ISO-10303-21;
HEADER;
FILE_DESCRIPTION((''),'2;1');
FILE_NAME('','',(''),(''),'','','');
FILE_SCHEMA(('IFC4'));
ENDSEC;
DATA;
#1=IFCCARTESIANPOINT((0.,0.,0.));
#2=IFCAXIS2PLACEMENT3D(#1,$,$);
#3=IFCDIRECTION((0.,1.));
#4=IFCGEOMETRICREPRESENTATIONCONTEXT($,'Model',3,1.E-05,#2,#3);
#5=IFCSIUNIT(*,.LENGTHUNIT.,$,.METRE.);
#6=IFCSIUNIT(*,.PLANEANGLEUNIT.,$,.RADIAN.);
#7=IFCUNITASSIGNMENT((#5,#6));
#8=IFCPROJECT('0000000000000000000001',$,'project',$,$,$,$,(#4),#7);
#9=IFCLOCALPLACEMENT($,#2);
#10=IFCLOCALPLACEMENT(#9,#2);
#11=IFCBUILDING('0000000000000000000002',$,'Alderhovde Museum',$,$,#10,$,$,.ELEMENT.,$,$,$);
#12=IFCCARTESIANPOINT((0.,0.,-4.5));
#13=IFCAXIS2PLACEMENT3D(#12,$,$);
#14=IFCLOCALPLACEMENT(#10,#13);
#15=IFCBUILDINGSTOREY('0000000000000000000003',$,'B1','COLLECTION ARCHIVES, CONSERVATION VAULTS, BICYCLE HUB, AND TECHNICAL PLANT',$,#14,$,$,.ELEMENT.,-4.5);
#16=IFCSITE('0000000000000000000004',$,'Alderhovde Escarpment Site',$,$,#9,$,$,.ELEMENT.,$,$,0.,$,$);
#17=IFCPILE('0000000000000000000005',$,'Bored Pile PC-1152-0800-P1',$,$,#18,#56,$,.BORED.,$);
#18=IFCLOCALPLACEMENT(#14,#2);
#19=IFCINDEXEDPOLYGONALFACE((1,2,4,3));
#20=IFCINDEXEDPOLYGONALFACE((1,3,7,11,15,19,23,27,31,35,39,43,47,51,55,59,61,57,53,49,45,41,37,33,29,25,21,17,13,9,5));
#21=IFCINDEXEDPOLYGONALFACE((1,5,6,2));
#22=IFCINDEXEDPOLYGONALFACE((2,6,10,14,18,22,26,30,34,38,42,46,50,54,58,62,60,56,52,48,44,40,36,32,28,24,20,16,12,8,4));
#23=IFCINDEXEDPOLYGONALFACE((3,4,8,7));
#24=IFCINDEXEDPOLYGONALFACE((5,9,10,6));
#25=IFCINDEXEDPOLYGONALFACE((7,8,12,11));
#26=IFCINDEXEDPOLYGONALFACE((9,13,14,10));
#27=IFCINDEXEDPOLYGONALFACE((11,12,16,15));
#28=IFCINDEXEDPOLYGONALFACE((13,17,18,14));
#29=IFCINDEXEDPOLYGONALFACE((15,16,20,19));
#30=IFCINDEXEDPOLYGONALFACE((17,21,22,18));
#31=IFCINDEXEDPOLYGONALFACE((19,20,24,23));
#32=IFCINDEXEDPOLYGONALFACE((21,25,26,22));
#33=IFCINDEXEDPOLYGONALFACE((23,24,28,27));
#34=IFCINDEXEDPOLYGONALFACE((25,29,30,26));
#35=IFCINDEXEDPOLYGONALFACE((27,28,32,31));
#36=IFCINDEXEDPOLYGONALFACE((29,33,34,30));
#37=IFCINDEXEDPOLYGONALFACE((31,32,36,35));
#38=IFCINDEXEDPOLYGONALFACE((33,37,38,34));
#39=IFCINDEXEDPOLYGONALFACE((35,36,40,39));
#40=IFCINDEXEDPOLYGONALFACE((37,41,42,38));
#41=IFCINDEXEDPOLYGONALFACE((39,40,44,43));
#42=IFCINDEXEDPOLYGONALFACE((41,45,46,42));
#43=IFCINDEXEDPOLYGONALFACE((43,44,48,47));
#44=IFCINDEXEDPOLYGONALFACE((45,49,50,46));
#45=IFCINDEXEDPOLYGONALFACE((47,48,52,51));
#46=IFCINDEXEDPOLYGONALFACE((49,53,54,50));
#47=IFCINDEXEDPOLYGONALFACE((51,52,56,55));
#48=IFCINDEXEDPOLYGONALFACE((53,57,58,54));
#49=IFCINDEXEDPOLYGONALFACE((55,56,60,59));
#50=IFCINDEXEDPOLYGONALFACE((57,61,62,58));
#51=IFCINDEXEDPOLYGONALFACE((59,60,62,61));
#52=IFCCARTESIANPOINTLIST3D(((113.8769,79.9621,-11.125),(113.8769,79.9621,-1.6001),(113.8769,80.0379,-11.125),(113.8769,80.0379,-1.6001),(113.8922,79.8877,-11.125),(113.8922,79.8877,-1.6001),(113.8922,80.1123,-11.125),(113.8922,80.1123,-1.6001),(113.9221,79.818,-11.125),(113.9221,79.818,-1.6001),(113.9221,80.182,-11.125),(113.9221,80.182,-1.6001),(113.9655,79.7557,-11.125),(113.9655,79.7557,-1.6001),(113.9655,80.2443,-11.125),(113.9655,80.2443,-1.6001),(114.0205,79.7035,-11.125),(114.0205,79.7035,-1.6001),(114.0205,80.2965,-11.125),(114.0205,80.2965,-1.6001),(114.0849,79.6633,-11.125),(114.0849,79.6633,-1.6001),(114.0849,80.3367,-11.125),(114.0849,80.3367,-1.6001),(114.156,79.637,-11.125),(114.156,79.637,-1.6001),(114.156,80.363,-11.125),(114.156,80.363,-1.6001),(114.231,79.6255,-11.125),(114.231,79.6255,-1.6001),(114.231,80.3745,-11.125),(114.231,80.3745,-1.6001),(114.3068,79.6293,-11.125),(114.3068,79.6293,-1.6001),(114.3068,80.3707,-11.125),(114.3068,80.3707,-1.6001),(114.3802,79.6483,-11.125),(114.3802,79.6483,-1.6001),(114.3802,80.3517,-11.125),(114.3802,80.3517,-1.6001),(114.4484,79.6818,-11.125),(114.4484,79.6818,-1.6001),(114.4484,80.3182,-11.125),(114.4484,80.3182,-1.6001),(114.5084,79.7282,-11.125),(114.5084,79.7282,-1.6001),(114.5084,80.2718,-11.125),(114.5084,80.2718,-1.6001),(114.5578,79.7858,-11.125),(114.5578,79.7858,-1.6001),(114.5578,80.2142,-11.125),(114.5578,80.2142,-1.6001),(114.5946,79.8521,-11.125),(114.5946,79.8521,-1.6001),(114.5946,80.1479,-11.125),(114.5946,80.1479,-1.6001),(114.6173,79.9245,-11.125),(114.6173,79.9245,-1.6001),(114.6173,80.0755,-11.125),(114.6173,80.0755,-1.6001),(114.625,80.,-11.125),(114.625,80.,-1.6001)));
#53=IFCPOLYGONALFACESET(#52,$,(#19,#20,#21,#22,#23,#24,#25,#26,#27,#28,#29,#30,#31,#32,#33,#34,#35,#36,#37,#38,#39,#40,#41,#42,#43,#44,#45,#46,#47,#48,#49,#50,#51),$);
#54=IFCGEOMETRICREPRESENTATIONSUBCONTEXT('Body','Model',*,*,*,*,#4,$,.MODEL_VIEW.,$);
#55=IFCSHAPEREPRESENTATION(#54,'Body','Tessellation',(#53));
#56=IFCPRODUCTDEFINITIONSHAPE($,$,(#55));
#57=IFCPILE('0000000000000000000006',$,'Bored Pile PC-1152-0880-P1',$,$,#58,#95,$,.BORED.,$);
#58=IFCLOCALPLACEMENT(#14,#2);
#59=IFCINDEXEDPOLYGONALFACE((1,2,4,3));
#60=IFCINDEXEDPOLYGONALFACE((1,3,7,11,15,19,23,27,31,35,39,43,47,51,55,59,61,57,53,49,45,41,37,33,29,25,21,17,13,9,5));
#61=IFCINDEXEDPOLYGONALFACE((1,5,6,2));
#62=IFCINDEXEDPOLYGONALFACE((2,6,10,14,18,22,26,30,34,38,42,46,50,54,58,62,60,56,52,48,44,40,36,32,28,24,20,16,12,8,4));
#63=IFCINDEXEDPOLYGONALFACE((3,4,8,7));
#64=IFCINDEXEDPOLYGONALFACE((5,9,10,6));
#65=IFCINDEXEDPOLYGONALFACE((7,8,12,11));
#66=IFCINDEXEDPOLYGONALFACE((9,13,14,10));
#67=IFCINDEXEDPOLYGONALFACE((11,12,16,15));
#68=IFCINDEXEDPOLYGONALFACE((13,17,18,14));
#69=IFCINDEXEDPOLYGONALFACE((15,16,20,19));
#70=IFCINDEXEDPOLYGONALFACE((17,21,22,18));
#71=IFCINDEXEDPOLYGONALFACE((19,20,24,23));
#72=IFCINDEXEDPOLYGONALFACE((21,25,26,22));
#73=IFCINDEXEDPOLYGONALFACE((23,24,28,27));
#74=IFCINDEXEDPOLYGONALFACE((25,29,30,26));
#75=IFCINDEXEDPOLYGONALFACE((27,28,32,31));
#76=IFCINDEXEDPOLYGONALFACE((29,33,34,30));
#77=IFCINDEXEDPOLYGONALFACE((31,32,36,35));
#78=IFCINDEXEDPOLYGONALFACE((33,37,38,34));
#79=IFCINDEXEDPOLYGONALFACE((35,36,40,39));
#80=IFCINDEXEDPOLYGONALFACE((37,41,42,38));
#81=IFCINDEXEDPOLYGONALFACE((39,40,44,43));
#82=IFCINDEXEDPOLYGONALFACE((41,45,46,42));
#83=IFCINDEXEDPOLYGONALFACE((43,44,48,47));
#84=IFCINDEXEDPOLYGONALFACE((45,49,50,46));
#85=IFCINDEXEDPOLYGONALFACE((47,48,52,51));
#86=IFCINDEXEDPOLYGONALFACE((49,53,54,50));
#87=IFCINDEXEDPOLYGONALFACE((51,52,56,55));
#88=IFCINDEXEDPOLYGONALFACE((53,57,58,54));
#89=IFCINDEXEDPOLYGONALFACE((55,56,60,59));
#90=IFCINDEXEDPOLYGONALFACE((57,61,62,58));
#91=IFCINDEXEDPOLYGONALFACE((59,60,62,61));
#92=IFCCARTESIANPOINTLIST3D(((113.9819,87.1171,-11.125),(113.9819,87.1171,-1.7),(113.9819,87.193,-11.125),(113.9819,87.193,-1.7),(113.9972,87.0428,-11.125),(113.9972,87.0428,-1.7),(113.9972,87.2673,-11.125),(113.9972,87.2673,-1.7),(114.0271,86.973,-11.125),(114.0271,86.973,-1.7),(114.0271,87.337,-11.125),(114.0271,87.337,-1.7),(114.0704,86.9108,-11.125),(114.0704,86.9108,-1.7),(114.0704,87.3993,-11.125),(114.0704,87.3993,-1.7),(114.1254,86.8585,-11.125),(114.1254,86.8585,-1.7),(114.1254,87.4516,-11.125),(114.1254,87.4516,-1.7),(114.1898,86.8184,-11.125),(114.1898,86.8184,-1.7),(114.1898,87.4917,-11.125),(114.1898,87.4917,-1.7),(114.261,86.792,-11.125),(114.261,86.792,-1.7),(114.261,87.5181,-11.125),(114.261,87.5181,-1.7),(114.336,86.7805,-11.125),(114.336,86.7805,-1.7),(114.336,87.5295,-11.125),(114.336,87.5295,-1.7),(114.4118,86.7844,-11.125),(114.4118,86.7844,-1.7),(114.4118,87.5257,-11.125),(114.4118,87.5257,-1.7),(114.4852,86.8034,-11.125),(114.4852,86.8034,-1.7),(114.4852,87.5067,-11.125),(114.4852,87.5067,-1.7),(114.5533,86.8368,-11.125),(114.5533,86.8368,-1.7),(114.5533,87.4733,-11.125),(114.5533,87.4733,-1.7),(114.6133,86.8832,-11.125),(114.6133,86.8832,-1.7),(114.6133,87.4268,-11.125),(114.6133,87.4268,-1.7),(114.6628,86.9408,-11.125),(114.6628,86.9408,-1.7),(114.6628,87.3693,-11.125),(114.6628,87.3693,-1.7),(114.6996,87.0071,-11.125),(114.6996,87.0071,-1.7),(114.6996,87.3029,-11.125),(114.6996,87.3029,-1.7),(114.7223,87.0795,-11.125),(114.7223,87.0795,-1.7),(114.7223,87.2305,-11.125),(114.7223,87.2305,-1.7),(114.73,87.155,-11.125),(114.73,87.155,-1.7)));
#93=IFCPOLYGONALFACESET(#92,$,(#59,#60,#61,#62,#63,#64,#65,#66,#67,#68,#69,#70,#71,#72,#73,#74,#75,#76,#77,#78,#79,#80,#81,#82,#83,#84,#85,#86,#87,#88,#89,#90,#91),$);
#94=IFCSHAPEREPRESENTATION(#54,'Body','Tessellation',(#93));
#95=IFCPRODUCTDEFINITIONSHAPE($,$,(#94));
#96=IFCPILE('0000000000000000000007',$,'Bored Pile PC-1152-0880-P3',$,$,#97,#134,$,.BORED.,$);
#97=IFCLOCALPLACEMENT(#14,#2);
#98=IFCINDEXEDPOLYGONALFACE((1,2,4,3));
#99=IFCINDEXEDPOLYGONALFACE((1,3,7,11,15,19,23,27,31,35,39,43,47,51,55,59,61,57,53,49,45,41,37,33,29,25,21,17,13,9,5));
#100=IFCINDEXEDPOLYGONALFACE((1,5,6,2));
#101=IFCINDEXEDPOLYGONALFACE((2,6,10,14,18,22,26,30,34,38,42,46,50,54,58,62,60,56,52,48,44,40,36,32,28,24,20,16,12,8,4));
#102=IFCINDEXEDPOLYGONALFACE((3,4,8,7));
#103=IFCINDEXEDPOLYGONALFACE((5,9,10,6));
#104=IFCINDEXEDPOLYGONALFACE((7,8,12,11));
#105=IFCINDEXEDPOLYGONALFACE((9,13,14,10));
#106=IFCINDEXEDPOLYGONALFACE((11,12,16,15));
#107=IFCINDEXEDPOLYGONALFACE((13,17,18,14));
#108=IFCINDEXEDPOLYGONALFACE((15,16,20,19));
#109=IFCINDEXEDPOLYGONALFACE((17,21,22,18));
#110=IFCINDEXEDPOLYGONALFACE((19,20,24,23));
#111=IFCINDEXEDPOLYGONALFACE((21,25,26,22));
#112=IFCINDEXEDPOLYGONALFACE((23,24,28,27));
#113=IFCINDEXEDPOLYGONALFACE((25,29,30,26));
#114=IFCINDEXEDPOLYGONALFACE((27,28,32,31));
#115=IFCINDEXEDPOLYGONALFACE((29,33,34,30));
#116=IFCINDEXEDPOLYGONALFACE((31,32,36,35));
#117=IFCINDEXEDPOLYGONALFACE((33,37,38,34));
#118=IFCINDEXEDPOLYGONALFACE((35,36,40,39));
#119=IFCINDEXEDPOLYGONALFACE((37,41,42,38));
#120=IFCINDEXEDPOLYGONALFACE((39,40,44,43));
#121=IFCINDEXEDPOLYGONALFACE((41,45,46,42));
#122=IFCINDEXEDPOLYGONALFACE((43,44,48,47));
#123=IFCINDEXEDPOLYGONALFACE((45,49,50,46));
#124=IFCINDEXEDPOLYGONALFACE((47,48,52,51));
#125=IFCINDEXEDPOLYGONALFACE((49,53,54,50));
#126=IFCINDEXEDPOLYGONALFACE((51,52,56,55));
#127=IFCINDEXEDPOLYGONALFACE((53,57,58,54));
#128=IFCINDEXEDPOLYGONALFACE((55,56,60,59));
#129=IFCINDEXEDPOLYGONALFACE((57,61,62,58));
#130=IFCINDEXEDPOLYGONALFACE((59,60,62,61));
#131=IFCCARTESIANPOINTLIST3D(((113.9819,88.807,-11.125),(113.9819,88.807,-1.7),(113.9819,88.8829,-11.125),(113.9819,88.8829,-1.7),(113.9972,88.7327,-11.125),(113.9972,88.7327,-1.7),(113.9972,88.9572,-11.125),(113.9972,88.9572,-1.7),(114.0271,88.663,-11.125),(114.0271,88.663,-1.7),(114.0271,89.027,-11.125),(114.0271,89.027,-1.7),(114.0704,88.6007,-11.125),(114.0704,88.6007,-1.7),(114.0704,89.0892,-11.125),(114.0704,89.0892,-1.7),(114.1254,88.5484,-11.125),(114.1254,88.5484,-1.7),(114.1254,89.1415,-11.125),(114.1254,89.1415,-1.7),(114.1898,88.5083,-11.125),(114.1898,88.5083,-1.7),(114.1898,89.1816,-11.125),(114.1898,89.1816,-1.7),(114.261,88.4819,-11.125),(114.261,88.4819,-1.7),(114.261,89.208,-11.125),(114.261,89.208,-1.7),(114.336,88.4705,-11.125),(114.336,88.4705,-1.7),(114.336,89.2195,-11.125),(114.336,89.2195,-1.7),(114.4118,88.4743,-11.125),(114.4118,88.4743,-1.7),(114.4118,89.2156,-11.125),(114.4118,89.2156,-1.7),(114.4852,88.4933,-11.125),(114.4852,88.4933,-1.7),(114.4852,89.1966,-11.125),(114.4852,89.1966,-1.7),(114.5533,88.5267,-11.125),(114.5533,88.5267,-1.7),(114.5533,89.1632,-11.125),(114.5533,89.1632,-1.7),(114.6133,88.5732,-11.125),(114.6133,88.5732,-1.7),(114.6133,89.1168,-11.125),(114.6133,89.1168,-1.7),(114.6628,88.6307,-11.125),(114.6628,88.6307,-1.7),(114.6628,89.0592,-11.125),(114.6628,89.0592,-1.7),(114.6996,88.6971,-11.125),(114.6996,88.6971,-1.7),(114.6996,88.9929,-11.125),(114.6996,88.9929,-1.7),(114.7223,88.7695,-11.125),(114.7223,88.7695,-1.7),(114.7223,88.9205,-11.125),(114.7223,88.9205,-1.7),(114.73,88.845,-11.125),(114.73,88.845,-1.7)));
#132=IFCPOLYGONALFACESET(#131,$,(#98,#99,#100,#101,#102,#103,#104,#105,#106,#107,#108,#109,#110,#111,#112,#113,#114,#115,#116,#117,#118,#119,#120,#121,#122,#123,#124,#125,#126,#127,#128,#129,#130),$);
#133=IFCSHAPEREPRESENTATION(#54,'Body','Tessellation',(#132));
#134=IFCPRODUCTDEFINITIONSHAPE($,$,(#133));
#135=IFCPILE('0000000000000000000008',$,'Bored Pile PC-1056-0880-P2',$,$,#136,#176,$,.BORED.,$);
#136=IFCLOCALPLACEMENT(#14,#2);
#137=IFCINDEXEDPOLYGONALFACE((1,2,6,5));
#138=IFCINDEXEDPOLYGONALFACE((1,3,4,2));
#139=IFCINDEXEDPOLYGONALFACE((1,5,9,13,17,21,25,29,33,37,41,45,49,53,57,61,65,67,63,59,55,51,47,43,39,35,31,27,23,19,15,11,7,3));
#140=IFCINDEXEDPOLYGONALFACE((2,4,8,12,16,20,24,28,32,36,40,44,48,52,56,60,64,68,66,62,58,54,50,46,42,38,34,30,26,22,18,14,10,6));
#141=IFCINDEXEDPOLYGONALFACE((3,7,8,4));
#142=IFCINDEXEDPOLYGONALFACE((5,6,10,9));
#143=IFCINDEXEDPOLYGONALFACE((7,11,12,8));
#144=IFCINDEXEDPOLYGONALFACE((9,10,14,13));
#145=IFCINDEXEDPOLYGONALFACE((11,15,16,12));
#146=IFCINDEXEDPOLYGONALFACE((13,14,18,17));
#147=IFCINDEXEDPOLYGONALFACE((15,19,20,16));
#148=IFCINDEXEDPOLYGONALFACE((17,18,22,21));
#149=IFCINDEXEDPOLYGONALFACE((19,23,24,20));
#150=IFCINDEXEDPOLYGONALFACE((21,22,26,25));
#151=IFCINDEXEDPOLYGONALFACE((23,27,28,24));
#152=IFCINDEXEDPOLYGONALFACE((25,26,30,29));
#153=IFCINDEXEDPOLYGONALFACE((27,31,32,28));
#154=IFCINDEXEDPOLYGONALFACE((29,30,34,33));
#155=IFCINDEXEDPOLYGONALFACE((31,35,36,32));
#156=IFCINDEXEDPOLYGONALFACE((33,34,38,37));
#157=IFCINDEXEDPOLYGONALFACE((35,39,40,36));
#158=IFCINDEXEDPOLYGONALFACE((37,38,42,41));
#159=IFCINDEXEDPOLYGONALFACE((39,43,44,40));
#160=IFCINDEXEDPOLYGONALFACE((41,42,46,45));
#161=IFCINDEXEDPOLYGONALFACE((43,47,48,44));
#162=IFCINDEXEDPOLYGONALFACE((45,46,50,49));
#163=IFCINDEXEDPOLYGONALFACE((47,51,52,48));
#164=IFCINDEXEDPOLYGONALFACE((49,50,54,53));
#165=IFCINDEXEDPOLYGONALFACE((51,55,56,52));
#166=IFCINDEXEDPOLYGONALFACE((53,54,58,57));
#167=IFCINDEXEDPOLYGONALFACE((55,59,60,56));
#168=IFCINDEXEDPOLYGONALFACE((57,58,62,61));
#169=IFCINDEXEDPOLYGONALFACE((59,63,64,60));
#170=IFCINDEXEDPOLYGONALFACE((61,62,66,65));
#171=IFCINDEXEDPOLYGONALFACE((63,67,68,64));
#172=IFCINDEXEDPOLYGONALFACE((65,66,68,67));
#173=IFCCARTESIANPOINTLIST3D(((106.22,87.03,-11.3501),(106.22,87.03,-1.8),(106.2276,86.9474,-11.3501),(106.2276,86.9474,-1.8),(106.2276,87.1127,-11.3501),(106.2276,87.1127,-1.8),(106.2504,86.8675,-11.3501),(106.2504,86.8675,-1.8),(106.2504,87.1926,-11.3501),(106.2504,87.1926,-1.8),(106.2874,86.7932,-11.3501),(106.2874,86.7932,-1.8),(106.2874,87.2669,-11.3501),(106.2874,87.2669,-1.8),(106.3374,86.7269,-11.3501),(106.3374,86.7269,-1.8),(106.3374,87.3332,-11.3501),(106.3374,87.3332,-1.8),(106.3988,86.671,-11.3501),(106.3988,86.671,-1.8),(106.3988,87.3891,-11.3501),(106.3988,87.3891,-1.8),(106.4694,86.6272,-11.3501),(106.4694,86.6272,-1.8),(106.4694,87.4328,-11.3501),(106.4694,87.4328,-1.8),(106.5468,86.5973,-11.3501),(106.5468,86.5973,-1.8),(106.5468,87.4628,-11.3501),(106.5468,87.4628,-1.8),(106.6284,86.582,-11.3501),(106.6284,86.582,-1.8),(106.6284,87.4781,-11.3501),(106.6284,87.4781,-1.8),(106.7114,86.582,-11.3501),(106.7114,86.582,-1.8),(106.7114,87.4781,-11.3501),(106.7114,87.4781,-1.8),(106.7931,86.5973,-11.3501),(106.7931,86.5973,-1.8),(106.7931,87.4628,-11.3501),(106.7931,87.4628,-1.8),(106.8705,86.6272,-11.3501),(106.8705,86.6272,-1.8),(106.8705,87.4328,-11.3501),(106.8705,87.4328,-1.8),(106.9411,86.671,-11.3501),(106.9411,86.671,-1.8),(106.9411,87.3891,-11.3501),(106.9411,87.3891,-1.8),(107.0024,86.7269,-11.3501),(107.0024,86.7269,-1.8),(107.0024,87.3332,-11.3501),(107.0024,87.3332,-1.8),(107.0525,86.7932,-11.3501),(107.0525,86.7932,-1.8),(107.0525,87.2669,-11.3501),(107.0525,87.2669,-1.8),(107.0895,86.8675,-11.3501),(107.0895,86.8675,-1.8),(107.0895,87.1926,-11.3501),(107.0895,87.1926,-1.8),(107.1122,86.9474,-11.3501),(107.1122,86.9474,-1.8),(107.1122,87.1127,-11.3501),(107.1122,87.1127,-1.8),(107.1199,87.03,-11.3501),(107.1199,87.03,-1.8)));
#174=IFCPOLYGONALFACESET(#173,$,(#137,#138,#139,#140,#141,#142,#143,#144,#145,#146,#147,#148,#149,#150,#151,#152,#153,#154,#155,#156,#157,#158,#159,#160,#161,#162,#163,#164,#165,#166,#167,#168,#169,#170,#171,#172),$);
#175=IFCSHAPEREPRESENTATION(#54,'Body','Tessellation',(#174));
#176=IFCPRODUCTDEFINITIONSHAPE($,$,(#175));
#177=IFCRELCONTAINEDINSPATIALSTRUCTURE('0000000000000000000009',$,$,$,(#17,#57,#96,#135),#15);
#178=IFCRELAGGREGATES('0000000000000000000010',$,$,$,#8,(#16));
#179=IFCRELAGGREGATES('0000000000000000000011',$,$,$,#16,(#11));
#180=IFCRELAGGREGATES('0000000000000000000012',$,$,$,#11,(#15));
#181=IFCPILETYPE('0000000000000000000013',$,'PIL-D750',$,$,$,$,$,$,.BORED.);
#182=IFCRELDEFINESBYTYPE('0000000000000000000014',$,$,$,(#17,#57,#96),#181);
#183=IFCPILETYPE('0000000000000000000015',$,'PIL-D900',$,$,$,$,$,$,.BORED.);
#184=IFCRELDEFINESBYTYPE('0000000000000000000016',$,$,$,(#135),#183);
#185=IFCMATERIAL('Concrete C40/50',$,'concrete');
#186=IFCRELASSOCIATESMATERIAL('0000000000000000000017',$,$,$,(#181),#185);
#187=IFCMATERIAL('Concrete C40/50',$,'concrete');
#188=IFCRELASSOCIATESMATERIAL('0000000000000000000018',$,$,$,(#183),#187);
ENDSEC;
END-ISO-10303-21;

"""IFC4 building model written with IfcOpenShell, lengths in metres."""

from ifc_helpers import new_model, si_unit, direction, frame, origin, origin_2d, place, context, subcontext, project, spatial, circle, extrude, material, material_profile, profile_set, type_object, element, save


model = new_model("IFC4")

# Units and contexts
model_context = context("Model", 3, precision=1e-05, world=origin(), true_north=direction((0.0, 1.0)))
body_context = subcontext(model_context, "Body", "Model", "MODEL_VIEW")
ifc_project = project(units=[si_unit("LENGTHUNIT", "METRE"), si_unit("PLANEANGLEUNIT", "RADIAN")], contexts=[model_context])

# Site, building, storey
site_placement = place(None, origin())
site = spatial("IfcSite", under=ifc_project, at=site_placement, Name="Alderhovde Escarpment Site", CompositionType="ELEMENT", RefElevation=0.0)
building_placement = place(site_placement, origin())
building = spatial("IfcBuilding", under=site, at=building_placement, Name="Alderhovde Museum", CompositionType="ELEMENT")
storey_placement = place(building_placement, frame((0.0, 0.0, -4.5)))
storey = spatial("IfcBuildingStorey", under=building, at=storey_placement, Name="B1", Description="COLLECTION ARCHIVES, CONSERVATION VAULTS, BICYCLE HUB, AND TECHNICAL PLANT", CompositionType="ELEMENT", Elevation=-4.5)

# Piles
ifc_material_1 = material(Name="Concrete C40/50", Category="concrete")
ifc_material_profile_1 = material_profile(ifc_material_1, circle(Radius=0.375, at=origin_2d()), Name="PILE-D750")
ifc_profile_set_1 = profile_set([ifc_material_profile_1], Name="Concrete C40/50")
pile_type_1 = type_object("IfcPileType", Name="PIL-D750", PredefinedType="BORED", material=ifc_profile_set_1)
pile_placement = place(storey_placement, frame((114.25, 80.0, -1.6001), z_axis=(0.0, 0.0, -1.0), x_axis=(1.0, 0.0, 0.0)))
element("IfcPile", 1, at=pile_placement, inside=storey, type_object=pile_type_1, Name="Bored Pile PC-1152-0800-P1", PredefinedType="BORED", context=body_context, shape_type="SweptSolid", body=[
    extrude(circle(Radius=0.375, at=origin_2d()), origin(), (0.0, 0.0, 1.0), 9.5249),
])
for number, where, z_axis, x_axis, name in (
    (2, (114.355, 87.155, -1.7), (0.0, 0.0, -1.0), (1.0, 0.0, 0.0), "Bored Pile PC-1152-0880-P1"),
    (3, (114.355, 88.845, -1.7), (0.0, 0.0, -1.0), (1.0, 0.0, 0.0), "Bored Pile PC-1152-0880-P3"),
):
    element("IfcPile", number, at=place(storey_placement, frame(where, z_axis=z_axis, x_axis=x_axis)), inside=storey, type_object=pile_type_1, Name=name, PredefinedType="BORED", context=body_context, shape_type="SweptSolid", body=[
        extrude(circle(Radius=0.375, at=origin_2d()), origin(), (0.0, 0.0, 1.0), 9.425),
    ])
ifc_material_2 = material(Name="Concrete C40/50", Category="concrete")
ifc_material_profile_2 = material_profile(ifc_material_2, circle(Radius=0.45, at=origin_2d()), Name="PILE-D900")
ifc_profile_set_2 = profile_set([ifc_material_profile_2], Name="Concrete C40/50")
pile_type_2 = type_object("IfcPileType", Name="PIL-D900", PredefinedType="BORED", material=ifc_profile_set_2)
for number, where, z_axis, x_axis, name in (
    (4, (106.6699, 87.03, -1.8), (0.0, 0.0, -1.0), (1.0, 0.0, 0.0), "Bored Pile PC-1056-0880-P2"),
):
    element("IfcPile", number, at=place(storey_placement, frame(where, z_axis=z_axis, x_axis=x_axis)), inside=storey, type_object=pile_type_2, Name=name, PredefinedType="BORED", context=body_context, shape_type="SweptSolid", body=[
        extrude(circle(Radius=0.45, at=origin_2d()), origin(), (0.0, 0.0, 1.0), 9.55),
    ])

save(model, "model.ifc")
